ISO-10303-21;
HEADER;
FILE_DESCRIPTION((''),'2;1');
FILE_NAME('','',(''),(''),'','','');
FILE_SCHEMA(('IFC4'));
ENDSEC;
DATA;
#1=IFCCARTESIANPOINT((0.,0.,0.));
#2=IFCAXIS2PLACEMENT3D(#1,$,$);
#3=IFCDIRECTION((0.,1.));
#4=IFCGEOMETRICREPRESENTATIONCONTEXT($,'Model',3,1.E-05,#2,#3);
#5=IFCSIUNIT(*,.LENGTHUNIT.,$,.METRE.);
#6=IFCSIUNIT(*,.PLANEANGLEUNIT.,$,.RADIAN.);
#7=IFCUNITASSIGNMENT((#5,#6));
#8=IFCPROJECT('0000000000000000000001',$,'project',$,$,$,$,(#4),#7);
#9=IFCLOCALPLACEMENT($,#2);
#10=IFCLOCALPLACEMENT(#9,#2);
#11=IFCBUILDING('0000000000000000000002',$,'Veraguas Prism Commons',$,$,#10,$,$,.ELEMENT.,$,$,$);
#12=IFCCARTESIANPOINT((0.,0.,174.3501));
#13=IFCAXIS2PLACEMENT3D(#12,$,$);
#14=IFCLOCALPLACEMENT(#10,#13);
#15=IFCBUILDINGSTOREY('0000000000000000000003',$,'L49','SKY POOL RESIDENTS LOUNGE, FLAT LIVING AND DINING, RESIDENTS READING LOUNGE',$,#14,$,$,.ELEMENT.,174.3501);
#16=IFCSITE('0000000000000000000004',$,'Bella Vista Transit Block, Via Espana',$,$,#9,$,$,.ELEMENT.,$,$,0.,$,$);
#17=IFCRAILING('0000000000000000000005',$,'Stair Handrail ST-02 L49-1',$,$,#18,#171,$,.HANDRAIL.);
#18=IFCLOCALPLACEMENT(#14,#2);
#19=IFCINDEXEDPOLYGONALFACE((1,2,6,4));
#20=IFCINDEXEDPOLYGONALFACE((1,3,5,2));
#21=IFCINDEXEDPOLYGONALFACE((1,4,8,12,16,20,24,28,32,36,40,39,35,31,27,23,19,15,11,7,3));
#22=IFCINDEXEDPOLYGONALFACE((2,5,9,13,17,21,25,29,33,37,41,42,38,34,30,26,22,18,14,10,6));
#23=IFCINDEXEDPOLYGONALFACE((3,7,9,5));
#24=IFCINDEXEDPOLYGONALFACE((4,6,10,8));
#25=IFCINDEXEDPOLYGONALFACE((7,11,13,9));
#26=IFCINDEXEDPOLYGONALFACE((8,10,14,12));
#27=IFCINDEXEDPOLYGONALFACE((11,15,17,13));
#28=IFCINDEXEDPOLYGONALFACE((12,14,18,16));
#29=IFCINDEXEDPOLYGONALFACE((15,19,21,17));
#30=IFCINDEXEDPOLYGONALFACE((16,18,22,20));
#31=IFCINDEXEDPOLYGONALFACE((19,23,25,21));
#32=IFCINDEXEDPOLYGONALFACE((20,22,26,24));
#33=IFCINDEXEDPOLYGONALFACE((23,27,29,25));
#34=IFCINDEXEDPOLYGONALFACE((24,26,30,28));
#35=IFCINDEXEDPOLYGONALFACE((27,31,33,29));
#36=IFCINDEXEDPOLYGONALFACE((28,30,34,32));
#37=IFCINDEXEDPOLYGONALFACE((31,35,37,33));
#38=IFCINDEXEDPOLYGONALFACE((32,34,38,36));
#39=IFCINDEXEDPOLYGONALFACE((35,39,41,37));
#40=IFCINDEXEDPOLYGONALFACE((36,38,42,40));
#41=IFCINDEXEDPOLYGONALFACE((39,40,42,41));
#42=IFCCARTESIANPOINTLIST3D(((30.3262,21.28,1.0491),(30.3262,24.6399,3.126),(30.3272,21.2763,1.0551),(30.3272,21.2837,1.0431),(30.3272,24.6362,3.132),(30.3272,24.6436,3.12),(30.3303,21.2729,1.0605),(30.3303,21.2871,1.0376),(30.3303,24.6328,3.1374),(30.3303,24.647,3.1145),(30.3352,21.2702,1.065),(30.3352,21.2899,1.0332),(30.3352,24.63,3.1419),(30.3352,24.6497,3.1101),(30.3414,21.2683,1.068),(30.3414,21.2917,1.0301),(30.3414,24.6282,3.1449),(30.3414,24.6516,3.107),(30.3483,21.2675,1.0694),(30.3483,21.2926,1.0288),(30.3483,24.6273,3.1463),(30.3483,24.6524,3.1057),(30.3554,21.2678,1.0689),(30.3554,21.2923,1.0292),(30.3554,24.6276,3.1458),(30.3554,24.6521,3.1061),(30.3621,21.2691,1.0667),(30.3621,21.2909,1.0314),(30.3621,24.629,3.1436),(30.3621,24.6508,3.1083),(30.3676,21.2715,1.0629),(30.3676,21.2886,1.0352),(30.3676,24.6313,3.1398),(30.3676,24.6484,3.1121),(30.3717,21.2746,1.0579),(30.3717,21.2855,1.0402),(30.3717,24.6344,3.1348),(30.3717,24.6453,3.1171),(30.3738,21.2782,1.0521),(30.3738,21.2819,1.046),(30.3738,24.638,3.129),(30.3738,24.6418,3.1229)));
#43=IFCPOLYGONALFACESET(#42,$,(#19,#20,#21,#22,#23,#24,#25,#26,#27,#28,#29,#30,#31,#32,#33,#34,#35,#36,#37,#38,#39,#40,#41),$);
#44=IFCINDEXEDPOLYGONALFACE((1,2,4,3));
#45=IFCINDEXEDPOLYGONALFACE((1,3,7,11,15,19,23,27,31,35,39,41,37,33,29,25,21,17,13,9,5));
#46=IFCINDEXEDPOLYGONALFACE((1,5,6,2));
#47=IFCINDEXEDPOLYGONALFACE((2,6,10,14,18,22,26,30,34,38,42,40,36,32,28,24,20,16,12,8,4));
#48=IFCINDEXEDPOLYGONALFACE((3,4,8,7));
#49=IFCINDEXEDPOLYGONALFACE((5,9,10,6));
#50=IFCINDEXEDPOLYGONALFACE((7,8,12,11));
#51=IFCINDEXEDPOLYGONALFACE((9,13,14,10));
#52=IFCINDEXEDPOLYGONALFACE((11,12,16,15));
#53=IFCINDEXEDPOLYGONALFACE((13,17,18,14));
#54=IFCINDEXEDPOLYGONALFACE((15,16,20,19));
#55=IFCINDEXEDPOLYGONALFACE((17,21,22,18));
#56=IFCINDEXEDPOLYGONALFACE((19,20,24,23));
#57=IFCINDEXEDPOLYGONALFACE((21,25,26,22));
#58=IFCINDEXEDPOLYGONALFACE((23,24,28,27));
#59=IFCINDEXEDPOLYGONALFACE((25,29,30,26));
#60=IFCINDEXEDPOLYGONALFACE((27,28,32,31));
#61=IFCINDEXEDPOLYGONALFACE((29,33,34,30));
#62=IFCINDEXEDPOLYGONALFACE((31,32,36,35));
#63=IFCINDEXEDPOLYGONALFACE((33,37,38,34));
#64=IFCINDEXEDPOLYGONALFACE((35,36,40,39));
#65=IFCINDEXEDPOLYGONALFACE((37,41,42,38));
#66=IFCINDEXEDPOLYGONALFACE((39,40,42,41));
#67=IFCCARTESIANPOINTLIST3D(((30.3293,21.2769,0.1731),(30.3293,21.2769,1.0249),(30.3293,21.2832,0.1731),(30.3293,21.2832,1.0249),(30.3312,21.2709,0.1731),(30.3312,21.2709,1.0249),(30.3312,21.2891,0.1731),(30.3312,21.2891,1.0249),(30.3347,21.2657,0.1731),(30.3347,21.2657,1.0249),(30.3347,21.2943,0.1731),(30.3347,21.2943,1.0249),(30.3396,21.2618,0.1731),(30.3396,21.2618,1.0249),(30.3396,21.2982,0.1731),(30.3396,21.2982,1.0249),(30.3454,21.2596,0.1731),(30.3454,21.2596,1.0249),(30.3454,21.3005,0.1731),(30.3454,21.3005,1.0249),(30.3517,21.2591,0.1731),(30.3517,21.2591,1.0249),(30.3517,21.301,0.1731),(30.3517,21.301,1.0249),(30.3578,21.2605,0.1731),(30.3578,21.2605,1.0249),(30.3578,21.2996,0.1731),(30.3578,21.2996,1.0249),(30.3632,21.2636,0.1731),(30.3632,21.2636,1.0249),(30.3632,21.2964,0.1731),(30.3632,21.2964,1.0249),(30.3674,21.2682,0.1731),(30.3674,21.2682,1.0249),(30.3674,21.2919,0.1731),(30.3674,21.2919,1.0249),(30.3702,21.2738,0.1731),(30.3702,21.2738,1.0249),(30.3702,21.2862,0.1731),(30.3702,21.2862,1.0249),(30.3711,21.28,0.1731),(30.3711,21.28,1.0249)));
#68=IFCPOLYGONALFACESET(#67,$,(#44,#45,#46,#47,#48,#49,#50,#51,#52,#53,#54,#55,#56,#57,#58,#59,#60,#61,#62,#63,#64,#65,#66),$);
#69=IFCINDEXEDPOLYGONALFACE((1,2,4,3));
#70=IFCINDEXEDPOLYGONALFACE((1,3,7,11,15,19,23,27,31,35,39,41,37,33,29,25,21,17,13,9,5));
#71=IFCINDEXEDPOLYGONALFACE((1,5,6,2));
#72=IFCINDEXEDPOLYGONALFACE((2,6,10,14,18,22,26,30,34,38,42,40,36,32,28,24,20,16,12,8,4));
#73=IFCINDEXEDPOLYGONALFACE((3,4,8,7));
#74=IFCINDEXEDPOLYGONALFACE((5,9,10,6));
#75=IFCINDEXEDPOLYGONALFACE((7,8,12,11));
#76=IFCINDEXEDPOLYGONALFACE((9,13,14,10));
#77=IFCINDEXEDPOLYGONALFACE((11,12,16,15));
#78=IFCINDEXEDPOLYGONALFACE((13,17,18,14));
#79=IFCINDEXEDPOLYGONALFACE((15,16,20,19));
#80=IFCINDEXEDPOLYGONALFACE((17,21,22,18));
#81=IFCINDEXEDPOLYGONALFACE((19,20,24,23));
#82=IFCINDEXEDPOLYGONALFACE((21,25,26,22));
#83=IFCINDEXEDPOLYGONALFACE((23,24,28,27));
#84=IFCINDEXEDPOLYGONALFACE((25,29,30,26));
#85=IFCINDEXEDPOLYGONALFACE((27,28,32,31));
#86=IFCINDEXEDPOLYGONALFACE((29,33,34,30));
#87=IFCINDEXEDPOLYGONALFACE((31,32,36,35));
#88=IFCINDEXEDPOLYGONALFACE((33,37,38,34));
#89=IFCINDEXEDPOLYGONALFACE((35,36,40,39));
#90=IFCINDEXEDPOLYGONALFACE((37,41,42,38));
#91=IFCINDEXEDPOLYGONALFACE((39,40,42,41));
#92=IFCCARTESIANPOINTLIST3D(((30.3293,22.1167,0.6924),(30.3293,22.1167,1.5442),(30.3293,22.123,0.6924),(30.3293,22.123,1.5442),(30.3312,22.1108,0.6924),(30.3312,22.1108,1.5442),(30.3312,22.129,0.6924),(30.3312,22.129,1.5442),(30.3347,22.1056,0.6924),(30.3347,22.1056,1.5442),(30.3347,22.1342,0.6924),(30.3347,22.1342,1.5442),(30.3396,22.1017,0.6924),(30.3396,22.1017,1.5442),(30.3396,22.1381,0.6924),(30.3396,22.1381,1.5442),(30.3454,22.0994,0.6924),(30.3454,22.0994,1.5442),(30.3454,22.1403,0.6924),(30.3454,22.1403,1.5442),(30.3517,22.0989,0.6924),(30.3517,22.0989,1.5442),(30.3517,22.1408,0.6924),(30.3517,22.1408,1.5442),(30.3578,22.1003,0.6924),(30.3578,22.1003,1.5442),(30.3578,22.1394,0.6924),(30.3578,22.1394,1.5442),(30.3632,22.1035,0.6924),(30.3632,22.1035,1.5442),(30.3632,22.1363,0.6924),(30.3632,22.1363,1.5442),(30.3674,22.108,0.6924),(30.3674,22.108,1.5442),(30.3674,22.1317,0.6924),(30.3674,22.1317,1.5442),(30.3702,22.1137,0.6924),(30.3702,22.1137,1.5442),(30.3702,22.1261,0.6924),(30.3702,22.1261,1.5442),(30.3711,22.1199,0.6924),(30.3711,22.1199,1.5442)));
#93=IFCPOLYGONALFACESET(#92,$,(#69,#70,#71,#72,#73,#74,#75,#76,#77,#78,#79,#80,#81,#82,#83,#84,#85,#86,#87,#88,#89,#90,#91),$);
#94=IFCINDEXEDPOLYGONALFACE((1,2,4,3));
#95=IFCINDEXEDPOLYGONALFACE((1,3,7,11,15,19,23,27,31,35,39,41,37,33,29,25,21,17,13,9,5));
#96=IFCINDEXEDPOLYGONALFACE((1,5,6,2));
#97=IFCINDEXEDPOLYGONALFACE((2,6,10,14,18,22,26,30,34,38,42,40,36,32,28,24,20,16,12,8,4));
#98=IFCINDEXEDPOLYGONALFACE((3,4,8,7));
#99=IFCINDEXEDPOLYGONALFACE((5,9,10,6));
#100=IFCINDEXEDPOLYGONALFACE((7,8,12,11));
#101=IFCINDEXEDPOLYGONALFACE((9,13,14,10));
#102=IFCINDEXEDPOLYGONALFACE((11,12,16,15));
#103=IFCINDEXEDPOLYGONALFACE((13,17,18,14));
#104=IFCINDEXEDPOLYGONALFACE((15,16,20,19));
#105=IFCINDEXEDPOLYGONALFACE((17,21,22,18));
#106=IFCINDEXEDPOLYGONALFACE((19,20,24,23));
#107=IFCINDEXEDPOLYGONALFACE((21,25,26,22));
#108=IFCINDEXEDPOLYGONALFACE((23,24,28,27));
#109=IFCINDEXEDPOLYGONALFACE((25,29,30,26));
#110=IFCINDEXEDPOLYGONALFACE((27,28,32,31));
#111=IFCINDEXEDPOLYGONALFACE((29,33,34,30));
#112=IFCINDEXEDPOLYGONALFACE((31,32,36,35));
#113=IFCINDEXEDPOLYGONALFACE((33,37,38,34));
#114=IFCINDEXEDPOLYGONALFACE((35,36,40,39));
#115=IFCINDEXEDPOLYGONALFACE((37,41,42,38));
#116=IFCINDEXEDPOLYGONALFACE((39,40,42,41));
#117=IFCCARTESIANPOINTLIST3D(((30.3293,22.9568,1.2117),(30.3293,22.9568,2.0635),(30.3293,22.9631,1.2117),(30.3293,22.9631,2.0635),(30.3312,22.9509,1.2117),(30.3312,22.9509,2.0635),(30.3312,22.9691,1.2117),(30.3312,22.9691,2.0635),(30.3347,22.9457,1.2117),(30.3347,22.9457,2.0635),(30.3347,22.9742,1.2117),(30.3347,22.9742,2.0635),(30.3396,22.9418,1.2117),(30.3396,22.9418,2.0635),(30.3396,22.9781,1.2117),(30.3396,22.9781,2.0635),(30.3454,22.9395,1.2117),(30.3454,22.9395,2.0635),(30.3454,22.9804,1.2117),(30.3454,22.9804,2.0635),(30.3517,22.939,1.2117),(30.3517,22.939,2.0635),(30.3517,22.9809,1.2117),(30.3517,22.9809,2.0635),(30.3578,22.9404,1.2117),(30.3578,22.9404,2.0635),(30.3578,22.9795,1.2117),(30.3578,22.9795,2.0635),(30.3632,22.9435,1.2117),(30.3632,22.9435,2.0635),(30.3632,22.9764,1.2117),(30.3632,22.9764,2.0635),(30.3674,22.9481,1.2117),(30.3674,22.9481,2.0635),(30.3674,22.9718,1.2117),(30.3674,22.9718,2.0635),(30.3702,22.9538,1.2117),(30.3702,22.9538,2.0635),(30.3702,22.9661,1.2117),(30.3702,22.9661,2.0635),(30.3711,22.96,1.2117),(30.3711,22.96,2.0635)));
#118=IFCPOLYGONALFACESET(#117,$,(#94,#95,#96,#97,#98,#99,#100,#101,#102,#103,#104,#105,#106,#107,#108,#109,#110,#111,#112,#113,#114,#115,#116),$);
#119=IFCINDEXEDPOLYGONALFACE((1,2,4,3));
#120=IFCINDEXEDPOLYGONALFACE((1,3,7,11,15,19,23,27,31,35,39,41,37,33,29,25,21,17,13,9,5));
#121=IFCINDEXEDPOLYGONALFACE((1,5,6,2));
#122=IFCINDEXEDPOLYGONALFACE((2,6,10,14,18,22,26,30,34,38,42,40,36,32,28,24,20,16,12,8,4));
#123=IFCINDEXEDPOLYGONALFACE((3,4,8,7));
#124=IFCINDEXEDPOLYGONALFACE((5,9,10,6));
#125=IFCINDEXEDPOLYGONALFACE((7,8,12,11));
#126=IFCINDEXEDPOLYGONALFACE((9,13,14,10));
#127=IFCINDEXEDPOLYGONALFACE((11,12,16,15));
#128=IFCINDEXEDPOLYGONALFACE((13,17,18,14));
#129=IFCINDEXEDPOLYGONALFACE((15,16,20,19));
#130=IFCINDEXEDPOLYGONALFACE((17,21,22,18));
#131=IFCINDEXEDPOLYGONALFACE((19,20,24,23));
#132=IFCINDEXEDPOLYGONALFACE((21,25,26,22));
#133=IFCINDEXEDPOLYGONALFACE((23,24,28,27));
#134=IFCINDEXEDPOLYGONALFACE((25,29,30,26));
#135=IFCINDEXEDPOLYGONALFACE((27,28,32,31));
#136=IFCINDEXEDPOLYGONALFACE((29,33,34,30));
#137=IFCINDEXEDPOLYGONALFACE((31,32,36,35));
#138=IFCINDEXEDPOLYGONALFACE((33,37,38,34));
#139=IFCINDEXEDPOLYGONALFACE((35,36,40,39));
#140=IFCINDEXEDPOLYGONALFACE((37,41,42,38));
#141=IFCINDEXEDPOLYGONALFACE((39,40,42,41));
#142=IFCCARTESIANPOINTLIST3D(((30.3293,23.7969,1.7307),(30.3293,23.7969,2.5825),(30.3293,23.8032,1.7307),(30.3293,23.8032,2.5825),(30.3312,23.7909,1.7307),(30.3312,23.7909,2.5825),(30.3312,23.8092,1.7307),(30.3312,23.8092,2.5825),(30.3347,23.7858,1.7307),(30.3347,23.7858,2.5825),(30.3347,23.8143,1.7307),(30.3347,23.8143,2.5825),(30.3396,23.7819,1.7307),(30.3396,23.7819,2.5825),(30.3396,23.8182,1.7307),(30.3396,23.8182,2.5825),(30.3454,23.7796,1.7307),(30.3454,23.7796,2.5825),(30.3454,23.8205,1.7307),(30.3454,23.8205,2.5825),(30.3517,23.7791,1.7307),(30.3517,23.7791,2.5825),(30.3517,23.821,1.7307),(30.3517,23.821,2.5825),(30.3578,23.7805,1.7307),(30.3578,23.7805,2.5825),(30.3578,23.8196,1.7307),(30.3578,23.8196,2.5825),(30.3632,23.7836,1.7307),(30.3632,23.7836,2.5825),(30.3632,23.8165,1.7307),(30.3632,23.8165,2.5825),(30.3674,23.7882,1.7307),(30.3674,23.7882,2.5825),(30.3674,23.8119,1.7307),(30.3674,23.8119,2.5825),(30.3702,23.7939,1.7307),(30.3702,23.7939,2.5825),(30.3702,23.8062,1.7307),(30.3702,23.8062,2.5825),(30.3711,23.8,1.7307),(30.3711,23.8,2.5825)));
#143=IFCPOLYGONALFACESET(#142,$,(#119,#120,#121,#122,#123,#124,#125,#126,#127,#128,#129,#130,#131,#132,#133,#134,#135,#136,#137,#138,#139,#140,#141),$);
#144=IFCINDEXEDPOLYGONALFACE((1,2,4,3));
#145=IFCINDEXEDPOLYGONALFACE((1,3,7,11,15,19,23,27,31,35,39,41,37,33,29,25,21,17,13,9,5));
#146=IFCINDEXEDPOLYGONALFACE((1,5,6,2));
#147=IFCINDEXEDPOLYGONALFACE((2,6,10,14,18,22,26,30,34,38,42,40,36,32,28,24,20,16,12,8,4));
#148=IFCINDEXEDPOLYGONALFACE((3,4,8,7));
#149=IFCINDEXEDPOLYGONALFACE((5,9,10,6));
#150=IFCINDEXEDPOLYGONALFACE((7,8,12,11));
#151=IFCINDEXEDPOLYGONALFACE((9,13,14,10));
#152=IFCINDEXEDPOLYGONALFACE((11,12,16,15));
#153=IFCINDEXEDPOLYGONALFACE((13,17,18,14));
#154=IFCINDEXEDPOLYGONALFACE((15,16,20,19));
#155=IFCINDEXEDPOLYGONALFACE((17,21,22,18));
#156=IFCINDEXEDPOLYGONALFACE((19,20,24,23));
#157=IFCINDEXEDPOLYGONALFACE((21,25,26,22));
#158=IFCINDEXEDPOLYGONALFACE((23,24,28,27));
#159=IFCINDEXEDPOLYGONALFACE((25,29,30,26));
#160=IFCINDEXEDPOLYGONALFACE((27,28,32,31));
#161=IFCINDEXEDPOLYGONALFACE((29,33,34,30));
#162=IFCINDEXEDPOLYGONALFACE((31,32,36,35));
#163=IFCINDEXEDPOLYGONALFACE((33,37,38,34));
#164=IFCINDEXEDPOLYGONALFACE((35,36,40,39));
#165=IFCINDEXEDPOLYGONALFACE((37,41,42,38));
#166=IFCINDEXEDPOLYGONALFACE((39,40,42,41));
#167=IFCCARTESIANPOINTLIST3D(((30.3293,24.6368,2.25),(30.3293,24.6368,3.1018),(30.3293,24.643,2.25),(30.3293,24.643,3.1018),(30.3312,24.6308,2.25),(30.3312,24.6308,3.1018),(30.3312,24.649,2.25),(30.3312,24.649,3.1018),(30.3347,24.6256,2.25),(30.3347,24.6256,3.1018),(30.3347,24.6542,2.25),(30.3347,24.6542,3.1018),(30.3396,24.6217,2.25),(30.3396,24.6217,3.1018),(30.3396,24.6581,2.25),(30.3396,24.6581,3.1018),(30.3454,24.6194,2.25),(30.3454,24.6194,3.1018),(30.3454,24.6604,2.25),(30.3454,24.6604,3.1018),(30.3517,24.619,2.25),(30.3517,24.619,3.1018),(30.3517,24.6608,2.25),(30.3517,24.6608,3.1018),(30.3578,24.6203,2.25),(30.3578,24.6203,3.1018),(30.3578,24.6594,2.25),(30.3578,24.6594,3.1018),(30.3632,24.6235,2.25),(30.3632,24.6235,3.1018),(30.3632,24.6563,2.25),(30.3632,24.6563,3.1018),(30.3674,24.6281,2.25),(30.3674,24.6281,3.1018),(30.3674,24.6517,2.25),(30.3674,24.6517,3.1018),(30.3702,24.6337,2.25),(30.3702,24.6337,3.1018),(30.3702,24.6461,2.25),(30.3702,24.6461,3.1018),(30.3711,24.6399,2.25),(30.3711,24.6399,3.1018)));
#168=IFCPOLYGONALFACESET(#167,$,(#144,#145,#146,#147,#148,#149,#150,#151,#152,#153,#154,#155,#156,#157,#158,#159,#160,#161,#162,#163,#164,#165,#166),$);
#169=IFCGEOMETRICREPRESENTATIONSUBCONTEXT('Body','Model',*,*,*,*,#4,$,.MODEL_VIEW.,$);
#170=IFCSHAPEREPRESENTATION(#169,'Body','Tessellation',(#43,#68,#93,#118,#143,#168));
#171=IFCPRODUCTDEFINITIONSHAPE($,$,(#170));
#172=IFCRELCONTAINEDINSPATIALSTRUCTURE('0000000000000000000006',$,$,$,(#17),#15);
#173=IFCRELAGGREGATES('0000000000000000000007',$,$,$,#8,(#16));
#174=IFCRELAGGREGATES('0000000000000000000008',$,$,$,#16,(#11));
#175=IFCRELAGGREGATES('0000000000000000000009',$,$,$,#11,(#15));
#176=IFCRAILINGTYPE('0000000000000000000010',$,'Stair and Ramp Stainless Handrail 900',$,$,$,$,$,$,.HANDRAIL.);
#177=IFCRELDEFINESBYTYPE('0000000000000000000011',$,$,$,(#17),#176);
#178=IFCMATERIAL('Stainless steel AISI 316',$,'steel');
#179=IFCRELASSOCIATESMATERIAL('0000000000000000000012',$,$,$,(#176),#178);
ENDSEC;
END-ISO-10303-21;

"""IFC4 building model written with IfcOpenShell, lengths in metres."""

from ifc_helpers import new_model, si_unit, direction, frame, origin, origin_2d, place, context, subcontext, project, spatial, circle, extrude, material, type_object, element, save


model = new_model("IFC4")

# Units and contexts
model_context = context("Model", 3, precision=1e-05, world=origin(), true_north=direction((0.0, 1.0)))
body_context = subcontext(model_context, "Body", "Model", "MODEL_VIEW")
ifc_project = project(units=[si_unit("LENGTHUNIT", "METRE"), si_unit("PLANEANGLEUNIT", "RADIAN")], contexts=[model_context])

# Site, building, storey
site_placement = place(None, origin())
site = spatial("IfcSite", under=ifc_project, at=site_placement, Name="Bella Vista Transit Block, Via Espana", CompositionType="ELEMENT", RefElevation=0.0)
building_placement = place(site_placement, origin())
building = spatial("IfcBuilding", under=site, at=building_placement, Name="Veraguas Prism Commons", CompositionType="ELEMENT")
storey_placement = place(building_placement, frame((0.0, 0.0, 174.3501)))
storey = spatial("IfcBuildingStorey", under=building, at=storey_placement, Name="L49", Description="SKY POOL RESIDENTS LOUNGE, FLAT LIVING AND DINING, RESIDENTS READING LOUNGE", CompositionType="ELEMENT", Elevation=174.3501)

# Shared definitions
ifc_material_1 = material(Name="Stainless steel AISI 316", Category="steel")

# Railing
railing_type_1 = type_object("IfcRailingType", Name="Stair and Ramp Stainless Handrail 900", PredefinedType="HANDRAIL", material=ifc_material_1)
railing_1_placement = place(storey_placement, frame((30.3501, 21.28, 0.1731)))
element("IfcRailing", 1, at=railing_1_placement, inside=storey, type_object=railing_type_1, Name="Stair Handrail ST-02 L49-1", PredefinedType="HANDRAIL", context=body_context, shape_type="SweptSolid", body=[
    extrude(circle(Radius=0.0239, at=origin_2d()), frame((0.0, 0.0, 0.876), z_axis=(0.0, 0.850606, 0.525803), x_axis=(-1.0, 0.0, 0.0)), (0.0, 0.0, 1.0), 3.95),
    extrude(circle(Radius=0.021, at=origin_2d()), origin(), (0.0, 0.0, 1.0), 0.8518),
    extrude(circle(Radius=0.021, at=origin_2d()), frame((0.0, 0.8398, 0.5193)), (0.0, 0.0, 1.0), 0.8518),
    extrude(circle(Radius=0.021, at=origin_2d()), frame((0.0, 1.6799, 1.0386)), (0.0, 0.0, 1.0), 0.8518),
    extrude(circle(Radius=0.021, at=origin_2d()), frame((0.0, 2.52, 1.5576)), (0.0, 0.0, 1.0), 0.8518),
    extrude(circle(Radius=0.021, at=origin_2d()), frame((0.0, 3.3599, 2.0769)), (0.0, 0.0, 1.0), 0.8518),
])

save(model, "model.ifc")
